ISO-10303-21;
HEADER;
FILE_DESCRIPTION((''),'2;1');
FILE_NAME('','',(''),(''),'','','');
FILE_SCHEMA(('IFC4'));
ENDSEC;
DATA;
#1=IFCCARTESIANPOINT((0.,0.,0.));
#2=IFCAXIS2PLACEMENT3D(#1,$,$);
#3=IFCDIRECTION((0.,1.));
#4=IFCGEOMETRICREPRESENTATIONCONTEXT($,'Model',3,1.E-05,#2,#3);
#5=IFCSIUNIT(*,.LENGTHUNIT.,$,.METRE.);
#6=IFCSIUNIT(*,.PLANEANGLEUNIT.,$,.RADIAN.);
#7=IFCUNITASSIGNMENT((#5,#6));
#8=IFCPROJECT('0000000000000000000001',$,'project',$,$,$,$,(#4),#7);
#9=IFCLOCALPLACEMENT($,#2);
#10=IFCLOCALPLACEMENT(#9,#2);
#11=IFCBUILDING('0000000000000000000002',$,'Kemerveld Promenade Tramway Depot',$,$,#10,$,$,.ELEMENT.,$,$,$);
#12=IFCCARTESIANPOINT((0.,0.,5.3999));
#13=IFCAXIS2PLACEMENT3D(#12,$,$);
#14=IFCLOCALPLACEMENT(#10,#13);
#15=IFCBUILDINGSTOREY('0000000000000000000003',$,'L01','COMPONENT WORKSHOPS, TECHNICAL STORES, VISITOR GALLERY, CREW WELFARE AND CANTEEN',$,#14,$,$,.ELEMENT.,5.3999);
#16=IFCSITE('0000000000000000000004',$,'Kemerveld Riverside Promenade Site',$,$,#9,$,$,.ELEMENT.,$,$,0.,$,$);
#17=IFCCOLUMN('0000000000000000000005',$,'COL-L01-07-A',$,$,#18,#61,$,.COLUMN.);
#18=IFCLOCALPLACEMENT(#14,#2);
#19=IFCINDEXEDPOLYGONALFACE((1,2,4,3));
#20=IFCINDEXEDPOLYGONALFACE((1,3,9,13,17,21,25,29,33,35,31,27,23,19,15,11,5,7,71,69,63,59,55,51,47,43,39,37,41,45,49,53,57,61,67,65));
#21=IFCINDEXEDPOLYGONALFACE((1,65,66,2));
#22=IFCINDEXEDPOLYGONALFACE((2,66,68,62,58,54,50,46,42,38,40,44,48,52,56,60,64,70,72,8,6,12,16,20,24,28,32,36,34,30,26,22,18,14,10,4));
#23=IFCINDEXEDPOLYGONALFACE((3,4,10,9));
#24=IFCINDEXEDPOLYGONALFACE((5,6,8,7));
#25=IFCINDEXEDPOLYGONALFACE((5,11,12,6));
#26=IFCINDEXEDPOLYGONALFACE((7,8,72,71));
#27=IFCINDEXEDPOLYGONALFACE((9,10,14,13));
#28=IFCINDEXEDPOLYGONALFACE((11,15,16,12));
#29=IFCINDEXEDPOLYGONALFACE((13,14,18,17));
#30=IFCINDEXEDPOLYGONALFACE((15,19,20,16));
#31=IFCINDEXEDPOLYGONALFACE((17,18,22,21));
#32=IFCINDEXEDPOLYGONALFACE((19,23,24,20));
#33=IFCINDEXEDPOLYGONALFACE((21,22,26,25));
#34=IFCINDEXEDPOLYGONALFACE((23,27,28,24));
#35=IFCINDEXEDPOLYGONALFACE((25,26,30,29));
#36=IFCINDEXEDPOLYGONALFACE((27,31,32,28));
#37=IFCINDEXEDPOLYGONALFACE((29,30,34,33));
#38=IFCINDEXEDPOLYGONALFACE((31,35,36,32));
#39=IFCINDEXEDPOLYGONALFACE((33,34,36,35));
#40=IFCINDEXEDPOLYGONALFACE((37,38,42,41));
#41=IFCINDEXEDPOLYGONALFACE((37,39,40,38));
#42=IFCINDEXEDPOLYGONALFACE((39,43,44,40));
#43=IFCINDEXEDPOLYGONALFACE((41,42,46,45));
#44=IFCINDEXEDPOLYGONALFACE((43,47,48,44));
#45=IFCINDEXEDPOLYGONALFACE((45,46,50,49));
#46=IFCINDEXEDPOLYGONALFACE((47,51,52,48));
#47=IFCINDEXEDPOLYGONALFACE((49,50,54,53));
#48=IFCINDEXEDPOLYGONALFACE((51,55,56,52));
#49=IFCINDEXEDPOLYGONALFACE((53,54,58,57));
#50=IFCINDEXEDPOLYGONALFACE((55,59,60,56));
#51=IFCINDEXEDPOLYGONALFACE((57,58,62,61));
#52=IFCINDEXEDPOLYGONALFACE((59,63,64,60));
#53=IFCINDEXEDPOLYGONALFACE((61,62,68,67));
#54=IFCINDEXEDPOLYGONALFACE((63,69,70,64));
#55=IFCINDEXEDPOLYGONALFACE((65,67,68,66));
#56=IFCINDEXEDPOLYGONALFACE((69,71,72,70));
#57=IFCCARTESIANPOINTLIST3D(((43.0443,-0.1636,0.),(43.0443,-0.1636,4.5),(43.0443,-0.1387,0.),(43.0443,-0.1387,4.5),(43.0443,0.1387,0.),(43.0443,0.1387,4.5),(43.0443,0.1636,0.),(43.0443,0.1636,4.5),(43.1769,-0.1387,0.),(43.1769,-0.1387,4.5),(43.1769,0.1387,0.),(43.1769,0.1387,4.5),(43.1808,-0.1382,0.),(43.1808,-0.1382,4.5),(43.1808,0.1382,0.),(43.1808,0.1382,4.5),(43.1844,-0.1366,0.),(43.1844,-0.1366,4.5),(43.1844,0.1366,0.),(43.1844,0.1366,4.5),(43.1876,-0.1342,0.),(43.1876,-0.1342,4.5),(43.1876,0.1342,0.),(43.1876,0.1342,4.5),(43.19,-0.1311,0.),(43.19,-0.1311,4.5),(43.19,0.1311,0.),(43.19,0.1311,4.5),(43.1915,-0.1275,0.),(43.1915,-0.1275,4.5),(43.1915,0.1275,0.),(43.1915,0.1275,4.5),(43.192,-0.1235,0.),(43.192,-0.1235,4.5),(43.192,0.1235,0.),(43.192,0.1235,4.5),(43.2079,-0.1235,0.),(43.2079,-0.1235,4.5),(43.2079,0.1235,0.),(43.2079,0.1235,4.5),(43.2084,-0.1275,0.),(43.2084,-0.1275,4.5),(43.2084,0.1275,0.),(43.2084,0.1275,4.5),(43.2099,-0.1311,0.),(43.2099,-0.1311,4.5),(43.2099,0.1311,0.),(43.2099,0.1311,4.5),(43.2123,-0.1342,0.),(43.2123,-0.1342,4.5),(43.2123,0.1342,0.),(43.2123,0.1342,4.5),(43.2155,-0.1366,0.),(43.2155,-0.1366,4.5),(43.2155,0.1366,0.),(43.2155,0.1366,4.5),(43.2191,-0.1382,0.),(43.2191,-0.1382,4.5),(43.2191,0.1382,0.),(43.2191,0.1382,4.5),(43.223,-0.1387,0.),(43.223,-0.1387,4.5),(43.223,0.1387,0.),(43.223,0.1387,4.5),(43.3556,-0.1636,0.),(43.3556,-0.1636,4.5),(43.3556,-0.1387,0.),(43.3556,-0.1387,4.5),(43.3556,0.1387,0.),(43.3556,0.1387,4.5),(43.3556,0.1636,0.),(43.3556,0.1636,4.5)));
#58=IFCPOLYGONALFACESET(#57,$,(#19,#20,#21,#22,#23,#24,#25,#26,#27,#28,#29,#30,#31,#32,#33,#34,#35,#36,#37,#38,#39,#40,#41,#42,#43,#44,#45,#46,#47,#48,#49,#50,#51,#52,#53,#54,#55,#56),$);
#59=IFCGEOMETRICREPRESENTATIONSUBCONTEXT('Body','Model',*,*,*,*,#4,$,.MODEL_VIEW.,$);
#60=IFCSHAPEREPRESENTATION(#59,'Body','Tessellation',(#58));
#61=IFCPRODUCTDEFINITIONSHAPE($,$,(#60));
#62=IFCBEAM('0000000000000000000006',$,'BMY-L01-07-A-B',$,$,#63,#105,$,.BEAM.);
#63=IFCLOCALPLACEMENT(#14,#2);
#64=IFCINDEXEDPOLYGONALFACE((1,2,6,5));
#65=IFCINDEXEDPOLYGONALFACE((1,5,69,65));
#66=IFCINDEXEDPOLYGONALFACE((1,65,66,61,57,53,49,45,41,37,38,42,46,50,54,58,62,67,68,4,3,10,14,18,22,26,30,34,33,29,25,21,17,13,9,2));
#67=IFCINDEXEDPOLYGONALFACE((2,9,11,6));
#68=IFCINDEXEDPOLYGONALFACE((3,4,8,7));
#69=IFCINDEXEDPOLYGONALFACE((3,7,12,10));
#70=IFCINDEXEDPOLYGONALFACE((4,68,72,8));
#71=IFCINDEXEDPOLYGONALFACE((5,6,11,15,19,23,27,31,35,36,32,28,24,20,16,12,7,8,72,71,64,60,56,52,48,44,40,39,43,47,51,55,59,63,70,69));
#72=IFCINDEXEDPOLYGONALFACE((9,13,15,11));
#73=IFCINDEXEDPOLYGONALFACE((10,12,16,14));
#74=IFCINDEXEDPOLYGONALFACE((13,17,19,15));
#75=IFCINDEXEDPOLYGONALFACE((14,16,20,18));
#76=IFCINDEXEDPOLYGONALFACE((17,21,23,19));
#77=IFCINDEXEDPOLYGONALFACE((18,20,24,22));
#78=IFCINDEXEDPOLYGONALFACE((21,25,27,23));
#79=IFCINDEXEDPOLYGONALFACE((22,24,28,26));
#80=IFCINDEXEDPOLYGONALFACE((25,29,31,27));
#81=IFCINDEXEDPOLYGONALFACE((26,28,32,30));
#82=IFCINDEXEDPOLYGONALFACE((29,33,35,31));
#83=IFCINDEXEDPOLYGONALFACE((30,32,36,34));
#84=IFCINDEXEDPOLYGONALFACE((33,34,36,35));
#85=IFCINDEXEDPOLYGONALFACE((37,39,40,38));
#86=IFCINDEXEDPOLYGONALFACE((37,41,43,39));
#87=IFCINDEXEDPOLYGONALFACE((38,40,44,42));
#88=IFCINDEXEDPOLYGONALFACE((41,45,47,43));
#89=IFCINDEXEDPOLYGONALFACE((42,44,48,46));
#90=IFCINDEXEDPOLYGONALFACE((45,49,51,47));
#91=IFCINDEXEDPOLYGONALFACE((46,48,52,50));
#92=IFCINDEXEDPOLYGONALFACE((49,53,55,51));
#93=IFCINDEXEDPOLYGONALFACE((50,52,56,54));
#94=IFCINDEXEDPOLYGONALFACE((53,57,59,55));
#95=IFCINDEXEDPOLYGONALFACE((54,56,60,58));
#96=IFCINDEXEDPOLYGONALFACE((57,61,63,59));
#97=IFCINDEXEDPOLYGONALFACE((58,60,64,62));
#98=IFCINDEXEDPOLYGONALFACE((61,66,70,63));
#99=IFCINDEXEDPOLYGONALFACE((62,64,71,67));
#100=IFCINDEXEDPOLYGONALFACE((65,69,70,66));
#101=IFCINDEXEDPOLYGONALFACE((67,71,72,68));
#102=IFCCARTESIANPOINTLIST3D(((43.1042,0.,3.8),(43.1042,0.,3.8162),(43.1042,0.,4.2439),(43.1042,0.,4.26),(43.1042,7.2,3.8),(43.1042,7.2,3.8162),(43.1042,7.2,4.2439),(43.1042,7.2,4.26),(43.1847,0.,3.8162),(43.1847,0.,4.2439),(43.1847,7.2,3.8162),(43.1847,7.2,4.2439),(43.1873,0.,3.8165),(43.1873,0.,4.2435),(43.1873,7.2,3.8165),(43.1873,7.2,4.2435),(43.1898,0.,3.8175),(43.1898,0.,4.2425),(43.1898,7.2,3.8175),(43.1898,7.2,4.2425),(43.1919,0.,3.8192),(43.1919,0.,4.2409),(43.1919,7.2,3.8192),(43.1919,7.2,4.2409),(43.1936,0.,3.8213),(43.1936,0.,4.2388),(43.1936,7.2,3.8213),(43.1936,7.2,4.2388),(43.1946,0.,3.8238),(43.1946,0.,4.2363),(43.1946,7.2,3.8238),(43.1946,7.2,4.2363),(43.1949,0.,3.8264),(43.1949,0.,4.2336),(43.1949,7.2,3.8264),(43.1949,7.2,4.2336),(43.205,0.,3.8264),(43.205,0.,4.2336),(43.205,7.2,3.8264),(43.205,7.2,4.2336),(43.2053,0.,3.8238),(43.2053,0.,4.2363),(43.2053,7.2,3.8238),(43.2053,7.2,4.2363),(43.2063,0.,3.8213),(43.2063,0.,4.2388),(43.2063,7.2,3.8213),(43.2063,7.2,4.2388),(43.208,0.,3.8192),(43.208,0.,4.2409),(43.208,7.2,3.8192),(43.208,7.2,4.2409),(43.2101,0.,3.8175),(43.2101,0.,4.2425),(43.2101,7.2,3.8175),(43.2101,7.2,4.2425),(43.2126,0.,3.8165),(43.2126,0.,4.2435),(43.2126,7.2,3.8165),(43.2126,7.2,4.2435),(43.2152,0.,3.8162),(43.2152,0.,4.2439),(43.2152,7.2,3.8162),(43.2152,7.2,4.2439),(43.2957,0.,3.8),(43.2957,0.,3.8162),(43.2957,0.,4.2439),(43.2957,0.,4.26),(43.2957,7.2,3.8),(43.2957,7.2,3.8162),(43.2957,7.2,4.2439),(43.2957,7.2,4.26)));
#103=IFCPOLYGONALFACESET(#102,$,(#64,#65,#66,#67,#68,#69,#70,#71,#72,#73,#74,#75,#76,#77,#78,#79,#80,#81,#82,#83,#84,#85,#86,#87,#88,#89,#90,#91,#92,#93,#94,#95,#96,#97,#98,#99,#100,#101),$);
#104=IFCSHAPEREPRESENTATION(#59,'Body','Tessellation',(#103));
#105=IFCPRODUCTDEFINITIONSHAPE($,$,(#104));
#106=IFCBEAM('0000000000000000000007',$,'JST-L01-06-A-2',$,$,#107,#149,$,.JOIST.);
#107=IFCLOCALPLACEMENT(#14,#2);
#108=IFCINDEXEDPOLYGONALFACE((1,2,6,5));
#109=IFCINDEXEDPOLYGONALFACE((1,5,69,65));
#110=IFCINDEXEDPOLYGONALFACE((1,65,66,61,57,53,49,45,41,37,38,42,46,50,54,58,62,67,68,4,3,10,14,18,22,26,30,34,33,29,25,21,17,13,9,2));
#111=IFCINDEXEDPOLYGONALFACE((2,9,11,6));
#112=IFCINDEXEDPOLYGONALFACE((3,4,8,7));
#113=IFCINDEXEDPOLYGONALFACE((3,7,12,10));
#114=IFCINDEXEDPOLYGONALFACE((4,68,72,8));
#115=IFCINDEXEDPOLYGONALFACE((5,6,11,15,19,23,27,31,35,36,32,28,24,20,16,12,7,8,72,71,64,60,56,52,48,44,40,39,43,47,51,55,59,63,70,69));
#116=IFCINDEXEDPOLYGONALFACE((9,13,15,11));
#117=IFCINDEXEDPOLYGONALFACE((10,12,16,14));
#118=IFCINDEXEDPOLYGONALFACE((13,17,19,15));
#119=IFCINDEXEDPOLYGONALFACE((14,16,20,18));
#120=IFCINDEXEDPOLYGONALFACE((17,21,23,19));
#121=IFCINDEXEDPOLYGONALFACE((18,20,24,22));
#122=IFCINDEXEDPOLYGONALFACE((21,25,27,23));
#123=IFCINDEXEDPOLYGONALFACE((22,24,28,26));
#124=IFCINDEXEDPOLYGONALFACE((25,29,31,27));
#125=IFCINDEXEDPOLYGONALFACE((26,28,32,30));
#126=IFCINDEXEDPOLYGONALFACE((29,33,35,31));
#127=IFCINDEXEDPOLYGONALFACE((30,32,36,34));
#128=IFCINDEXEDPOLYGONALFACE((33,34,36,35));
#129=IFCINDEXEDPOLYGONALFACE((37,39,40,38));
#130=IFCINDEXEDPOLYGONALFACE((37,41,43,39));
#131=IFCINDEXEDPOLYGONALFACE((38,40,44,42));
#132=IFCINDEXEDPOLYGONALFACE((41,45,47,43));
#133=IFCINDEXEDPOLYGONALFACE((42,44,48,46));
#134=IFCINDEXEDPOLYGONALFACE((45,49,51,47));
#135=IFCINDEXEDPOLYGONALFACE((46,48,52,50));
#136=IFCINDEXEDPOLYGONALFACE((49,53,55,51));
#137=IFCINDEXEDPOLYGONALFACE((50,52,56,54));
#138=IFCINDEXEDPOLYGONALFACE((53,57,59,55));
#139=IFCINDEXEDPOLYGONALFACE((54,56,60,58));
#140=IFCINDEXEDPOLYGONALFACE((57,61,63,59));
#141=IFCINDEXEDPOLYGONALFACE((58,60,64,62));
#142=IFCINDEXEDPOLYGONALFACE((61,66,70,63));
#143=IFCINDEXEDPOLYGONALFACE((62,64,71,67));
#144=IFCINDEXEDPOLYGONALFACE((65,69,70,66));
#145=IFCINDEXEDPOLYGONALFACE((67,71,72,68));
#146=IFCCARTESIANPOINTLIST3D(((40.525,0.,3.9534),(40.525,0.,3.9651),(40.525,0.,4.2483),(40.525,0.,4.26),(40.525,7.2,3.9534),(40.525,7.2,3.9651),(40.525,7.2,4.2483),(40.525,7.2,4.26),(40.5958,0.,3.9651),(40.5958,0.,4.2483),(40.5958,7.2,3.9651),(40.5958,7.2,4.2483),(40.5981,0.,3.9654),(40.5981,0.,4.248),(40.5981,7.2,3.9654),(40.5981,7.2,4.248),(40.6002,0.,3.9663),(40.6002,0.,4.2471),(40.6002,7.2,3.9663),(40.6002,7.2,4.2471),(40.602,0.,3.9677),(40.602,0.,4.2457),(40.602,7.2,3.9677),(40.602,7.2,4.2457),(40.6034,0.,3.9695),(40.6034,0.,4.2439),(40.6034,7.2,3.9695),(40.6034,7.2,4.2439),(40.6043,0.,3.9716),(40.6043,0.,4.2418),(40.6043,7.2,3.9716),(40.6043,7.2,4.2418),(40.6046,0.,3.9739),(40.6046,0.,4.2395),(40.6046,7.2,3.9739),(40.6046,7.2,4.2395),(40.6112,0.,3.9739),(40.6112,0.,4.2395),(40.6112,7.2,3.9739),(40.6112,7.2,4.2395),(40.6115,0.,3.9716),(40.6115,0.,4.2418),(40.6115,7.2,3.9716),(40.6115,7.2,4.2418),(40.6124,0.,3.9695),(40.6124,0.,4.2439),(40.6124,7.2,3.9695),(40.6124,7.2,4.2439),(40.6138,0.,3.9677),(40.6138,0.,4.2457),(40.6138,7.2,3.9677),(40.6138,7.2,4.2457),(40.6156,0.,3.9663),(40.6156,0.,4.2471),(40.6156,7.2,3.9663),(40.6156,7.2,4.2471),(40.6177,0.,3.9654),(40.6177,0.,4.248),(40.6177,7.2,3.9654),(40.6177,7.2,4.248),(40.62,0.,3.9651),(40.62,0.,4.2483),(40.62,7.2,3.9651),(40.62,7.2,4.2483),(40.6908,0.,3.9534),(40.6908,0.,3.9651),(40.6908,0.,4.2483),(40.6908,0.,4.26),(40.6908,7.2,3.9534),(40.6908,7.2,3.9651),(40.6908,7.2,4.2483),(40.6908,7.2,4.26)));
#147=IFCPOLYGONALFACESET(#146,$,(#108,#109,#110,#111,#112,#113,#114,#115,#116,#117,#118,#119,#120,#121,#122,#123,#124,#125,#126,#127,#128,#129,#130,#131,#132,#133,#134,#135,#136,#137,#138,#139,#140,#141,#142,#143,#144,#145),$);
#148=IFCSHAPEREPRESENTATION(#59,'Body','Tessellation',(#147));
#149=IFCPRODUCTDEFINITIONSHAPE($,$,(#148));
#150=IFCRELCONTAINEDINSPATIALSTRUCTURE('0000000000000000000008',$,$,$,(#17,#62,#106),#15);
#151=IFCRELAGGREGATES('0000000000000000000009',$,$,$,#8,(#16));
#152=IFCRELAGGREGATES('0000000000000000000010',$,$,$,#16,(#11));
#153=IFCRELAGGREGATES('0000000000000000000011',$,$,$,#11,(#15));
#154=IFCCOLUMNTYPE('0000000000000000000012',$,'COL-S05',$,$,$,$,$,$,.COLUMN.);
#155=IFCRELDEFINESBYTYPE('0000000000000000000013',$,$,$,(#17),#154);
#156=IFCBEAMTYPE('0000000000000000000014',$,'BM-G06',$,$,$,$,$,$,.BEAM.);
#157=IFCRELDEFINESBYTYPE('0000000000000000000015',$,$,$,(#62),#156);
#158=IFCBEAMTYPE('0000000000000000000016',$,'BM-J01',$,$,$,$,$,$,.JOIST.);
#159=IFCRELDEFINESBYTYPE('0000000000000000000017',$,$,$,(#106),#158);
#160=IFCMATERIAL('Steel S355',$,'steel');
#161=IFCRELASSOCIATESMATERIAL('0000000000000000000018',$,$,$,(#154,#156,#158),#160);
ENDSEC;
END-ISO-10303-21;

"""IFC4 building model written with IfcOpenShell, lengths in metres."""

from ifc_helpers import new_model, si_unit, direction, frame, origin, origin_2d, place, context, subcontext, project, spatial, i_section, extrude, material, material_profile, profile_set, type_object, element, save


model = new_model("IFC4")

# Units and contexts
model_context = context("Model", 3, precision=1e-05, world=origin(), true_north=direction((0.0, 1.0)))
body_context = subcontext(model_context, "Body", "Model", "MODEL_VIEW")
ifc_project = project(units=[si_unit("LENGTHUNIT", "METRE"), si_unit("PLANEANGLEUNIT", "RADIAN")], contexts=[model_context])

# Site, building, storey
site_placement = place(None, origin())
site = spatial("IfcSite", under=ifc_project, at=site_placement, Name="Kemerveld Riverside Promenade Site", CompositionType="ELEMENT", RefElevation=0.0)
building_placement = place(site_placement, origin())
building = spatial("IfcBuilding", under=site, at=building_placement, Name="Kemerveld Promenade Tramway Depot", CompositionType="ELEMENT")
storey_placement = place(building_placement, frame((0.0, 0.0, 5.3999)))
storey = spatial("IfcBuildingStorey", under=building, at=storey_placement, Name="L01", Description="COMPONENT WORKSHOPS, TECHNICAL STORES, VISITOR GALLERY, CREW WELFARE AND CANTEEN", CompositionType="ELEMENT", Elevation=5.3999)

# Column
ifc_material_1 = material(Name="Steel S355", Category="steel")
ifc_material_profile_1 = material_profile(ifc_material_1, i_section(OverallWidth=0.3113, OverallDepth=0.3271, WebThickness=0.0159, FlangeThickness=0.0249, FilletRadius=0.0151, at=origin_2d()), Name="305x305x158 UC")
ifc_profile_set_1 = profile_set([ifc_material_profile_1], Name="Steel S355")
column_type = type_object("IfcColumnType", Name="COL-S05", PredefinedType="COLUMN", material=ifc_profile_set_1)
column_placement = place(storey_placement, frame((43.2, 0.0, 0.0), z_axis=(0.0, 0.0, 1.0), x_axis=(1.0, 0.0, 0.0)))
element("IfcColumn", 1, at=column_placement, inside=storey, type_object=column_type, Name="COL-L01-07-A", PredefinedType="COLUMN", context=body_context, shape_type="SweptSolid", body=[
    extrude(i_section(OverallWidth=0.3113, OverallDepth=0.3271, WebThickness=0.0159, FlangeThickness=0.0249, FilletRadius=0.0151, at=origin_2d()), origin(), (0.0, 0.0, 1.0), 4.5),
])

# Beams
ifc_material_profile_2 = material_profile(ifc_material_1, i_section(OverallWidth=0.1914, OverallDepth=0.46, WebThickness=0.01, FlangeThickness=0.0161, FilletRadius=0.0103, at=origin_2d()), Name="457x191x82 UB")
ifc_profile_set_2 = profile_set([ifc_material_profile_2], Name="Steel S355")
beam_type_1 = type_object("IfcBeamType", Name="BM-G06", PredefinedType="BEAM", material=ifc_profile_set_2)
beam_1_placement = place(storey_placement, frame((43.2, 0.0, 4.03), z_axis=(0.0, 1.0, 0.0), x_axis=(-1.0, 0.0, 0.0)))
element("IfcBeam", 2, at=beam_1_placement, inside=storey, type_object=beam_type_1, Name="BMY-L01-07-A-B", PredefinedType="BEAM", context=body_context, shape_type="SweptSolid", body=[
    extrude(i_section(OverallWidth=0.1914, OverallDepth=0.46, WebThickness=0.01, FlangeThickness=0.0161, FilletRadius=0.0103, at=origin_2d()), origin(), (0.0, 0.0, 1.0), 7.2),
])
ifc_material_profile_3 = material_profile(ifc_material_1, i_section(OverallWidth=0.1658, OverallDepth=0.3066, WebThickness=0.0066, FlangeThickness=0.0117, FilletRadius=0.0088, at=origin_2d()), Name="305x165x46 UB")
ifc_profile_set_3 = profile_set([ifc_material_profile_3], Name="Steel S355")
beam_type_2 = type_object("IfcBeamType", Name="BM-J01", PredefinedType="JOIST", material=ifc_profile_set_3)
beam_2_placement = place(storey_placement, frame((40.6079, 0.0, 4.1067), z_axis=(0.0, 1.0, 0.0), x_axis=(-1.0, 0.0, 0.0)))
element("IfcBeam", 3, at=beam_2_placement, inside=storey, type_object=beam_type_2, Name="JST-L01-06-A-2", PredefinedType="JOIST", context=body_context, shape_type="SweptSolid", body=[
    extrude(i_section(OverallWidth=0.1658, OverallDepth=0.3066, WebThickness=0.0066, FlangeThickness=0.0117, FilletRadius=0.0088, at=origin_2d()), origin(), (0.0, 0.0, 1.0), 7.2),
])

save(model, "model.ifc")
